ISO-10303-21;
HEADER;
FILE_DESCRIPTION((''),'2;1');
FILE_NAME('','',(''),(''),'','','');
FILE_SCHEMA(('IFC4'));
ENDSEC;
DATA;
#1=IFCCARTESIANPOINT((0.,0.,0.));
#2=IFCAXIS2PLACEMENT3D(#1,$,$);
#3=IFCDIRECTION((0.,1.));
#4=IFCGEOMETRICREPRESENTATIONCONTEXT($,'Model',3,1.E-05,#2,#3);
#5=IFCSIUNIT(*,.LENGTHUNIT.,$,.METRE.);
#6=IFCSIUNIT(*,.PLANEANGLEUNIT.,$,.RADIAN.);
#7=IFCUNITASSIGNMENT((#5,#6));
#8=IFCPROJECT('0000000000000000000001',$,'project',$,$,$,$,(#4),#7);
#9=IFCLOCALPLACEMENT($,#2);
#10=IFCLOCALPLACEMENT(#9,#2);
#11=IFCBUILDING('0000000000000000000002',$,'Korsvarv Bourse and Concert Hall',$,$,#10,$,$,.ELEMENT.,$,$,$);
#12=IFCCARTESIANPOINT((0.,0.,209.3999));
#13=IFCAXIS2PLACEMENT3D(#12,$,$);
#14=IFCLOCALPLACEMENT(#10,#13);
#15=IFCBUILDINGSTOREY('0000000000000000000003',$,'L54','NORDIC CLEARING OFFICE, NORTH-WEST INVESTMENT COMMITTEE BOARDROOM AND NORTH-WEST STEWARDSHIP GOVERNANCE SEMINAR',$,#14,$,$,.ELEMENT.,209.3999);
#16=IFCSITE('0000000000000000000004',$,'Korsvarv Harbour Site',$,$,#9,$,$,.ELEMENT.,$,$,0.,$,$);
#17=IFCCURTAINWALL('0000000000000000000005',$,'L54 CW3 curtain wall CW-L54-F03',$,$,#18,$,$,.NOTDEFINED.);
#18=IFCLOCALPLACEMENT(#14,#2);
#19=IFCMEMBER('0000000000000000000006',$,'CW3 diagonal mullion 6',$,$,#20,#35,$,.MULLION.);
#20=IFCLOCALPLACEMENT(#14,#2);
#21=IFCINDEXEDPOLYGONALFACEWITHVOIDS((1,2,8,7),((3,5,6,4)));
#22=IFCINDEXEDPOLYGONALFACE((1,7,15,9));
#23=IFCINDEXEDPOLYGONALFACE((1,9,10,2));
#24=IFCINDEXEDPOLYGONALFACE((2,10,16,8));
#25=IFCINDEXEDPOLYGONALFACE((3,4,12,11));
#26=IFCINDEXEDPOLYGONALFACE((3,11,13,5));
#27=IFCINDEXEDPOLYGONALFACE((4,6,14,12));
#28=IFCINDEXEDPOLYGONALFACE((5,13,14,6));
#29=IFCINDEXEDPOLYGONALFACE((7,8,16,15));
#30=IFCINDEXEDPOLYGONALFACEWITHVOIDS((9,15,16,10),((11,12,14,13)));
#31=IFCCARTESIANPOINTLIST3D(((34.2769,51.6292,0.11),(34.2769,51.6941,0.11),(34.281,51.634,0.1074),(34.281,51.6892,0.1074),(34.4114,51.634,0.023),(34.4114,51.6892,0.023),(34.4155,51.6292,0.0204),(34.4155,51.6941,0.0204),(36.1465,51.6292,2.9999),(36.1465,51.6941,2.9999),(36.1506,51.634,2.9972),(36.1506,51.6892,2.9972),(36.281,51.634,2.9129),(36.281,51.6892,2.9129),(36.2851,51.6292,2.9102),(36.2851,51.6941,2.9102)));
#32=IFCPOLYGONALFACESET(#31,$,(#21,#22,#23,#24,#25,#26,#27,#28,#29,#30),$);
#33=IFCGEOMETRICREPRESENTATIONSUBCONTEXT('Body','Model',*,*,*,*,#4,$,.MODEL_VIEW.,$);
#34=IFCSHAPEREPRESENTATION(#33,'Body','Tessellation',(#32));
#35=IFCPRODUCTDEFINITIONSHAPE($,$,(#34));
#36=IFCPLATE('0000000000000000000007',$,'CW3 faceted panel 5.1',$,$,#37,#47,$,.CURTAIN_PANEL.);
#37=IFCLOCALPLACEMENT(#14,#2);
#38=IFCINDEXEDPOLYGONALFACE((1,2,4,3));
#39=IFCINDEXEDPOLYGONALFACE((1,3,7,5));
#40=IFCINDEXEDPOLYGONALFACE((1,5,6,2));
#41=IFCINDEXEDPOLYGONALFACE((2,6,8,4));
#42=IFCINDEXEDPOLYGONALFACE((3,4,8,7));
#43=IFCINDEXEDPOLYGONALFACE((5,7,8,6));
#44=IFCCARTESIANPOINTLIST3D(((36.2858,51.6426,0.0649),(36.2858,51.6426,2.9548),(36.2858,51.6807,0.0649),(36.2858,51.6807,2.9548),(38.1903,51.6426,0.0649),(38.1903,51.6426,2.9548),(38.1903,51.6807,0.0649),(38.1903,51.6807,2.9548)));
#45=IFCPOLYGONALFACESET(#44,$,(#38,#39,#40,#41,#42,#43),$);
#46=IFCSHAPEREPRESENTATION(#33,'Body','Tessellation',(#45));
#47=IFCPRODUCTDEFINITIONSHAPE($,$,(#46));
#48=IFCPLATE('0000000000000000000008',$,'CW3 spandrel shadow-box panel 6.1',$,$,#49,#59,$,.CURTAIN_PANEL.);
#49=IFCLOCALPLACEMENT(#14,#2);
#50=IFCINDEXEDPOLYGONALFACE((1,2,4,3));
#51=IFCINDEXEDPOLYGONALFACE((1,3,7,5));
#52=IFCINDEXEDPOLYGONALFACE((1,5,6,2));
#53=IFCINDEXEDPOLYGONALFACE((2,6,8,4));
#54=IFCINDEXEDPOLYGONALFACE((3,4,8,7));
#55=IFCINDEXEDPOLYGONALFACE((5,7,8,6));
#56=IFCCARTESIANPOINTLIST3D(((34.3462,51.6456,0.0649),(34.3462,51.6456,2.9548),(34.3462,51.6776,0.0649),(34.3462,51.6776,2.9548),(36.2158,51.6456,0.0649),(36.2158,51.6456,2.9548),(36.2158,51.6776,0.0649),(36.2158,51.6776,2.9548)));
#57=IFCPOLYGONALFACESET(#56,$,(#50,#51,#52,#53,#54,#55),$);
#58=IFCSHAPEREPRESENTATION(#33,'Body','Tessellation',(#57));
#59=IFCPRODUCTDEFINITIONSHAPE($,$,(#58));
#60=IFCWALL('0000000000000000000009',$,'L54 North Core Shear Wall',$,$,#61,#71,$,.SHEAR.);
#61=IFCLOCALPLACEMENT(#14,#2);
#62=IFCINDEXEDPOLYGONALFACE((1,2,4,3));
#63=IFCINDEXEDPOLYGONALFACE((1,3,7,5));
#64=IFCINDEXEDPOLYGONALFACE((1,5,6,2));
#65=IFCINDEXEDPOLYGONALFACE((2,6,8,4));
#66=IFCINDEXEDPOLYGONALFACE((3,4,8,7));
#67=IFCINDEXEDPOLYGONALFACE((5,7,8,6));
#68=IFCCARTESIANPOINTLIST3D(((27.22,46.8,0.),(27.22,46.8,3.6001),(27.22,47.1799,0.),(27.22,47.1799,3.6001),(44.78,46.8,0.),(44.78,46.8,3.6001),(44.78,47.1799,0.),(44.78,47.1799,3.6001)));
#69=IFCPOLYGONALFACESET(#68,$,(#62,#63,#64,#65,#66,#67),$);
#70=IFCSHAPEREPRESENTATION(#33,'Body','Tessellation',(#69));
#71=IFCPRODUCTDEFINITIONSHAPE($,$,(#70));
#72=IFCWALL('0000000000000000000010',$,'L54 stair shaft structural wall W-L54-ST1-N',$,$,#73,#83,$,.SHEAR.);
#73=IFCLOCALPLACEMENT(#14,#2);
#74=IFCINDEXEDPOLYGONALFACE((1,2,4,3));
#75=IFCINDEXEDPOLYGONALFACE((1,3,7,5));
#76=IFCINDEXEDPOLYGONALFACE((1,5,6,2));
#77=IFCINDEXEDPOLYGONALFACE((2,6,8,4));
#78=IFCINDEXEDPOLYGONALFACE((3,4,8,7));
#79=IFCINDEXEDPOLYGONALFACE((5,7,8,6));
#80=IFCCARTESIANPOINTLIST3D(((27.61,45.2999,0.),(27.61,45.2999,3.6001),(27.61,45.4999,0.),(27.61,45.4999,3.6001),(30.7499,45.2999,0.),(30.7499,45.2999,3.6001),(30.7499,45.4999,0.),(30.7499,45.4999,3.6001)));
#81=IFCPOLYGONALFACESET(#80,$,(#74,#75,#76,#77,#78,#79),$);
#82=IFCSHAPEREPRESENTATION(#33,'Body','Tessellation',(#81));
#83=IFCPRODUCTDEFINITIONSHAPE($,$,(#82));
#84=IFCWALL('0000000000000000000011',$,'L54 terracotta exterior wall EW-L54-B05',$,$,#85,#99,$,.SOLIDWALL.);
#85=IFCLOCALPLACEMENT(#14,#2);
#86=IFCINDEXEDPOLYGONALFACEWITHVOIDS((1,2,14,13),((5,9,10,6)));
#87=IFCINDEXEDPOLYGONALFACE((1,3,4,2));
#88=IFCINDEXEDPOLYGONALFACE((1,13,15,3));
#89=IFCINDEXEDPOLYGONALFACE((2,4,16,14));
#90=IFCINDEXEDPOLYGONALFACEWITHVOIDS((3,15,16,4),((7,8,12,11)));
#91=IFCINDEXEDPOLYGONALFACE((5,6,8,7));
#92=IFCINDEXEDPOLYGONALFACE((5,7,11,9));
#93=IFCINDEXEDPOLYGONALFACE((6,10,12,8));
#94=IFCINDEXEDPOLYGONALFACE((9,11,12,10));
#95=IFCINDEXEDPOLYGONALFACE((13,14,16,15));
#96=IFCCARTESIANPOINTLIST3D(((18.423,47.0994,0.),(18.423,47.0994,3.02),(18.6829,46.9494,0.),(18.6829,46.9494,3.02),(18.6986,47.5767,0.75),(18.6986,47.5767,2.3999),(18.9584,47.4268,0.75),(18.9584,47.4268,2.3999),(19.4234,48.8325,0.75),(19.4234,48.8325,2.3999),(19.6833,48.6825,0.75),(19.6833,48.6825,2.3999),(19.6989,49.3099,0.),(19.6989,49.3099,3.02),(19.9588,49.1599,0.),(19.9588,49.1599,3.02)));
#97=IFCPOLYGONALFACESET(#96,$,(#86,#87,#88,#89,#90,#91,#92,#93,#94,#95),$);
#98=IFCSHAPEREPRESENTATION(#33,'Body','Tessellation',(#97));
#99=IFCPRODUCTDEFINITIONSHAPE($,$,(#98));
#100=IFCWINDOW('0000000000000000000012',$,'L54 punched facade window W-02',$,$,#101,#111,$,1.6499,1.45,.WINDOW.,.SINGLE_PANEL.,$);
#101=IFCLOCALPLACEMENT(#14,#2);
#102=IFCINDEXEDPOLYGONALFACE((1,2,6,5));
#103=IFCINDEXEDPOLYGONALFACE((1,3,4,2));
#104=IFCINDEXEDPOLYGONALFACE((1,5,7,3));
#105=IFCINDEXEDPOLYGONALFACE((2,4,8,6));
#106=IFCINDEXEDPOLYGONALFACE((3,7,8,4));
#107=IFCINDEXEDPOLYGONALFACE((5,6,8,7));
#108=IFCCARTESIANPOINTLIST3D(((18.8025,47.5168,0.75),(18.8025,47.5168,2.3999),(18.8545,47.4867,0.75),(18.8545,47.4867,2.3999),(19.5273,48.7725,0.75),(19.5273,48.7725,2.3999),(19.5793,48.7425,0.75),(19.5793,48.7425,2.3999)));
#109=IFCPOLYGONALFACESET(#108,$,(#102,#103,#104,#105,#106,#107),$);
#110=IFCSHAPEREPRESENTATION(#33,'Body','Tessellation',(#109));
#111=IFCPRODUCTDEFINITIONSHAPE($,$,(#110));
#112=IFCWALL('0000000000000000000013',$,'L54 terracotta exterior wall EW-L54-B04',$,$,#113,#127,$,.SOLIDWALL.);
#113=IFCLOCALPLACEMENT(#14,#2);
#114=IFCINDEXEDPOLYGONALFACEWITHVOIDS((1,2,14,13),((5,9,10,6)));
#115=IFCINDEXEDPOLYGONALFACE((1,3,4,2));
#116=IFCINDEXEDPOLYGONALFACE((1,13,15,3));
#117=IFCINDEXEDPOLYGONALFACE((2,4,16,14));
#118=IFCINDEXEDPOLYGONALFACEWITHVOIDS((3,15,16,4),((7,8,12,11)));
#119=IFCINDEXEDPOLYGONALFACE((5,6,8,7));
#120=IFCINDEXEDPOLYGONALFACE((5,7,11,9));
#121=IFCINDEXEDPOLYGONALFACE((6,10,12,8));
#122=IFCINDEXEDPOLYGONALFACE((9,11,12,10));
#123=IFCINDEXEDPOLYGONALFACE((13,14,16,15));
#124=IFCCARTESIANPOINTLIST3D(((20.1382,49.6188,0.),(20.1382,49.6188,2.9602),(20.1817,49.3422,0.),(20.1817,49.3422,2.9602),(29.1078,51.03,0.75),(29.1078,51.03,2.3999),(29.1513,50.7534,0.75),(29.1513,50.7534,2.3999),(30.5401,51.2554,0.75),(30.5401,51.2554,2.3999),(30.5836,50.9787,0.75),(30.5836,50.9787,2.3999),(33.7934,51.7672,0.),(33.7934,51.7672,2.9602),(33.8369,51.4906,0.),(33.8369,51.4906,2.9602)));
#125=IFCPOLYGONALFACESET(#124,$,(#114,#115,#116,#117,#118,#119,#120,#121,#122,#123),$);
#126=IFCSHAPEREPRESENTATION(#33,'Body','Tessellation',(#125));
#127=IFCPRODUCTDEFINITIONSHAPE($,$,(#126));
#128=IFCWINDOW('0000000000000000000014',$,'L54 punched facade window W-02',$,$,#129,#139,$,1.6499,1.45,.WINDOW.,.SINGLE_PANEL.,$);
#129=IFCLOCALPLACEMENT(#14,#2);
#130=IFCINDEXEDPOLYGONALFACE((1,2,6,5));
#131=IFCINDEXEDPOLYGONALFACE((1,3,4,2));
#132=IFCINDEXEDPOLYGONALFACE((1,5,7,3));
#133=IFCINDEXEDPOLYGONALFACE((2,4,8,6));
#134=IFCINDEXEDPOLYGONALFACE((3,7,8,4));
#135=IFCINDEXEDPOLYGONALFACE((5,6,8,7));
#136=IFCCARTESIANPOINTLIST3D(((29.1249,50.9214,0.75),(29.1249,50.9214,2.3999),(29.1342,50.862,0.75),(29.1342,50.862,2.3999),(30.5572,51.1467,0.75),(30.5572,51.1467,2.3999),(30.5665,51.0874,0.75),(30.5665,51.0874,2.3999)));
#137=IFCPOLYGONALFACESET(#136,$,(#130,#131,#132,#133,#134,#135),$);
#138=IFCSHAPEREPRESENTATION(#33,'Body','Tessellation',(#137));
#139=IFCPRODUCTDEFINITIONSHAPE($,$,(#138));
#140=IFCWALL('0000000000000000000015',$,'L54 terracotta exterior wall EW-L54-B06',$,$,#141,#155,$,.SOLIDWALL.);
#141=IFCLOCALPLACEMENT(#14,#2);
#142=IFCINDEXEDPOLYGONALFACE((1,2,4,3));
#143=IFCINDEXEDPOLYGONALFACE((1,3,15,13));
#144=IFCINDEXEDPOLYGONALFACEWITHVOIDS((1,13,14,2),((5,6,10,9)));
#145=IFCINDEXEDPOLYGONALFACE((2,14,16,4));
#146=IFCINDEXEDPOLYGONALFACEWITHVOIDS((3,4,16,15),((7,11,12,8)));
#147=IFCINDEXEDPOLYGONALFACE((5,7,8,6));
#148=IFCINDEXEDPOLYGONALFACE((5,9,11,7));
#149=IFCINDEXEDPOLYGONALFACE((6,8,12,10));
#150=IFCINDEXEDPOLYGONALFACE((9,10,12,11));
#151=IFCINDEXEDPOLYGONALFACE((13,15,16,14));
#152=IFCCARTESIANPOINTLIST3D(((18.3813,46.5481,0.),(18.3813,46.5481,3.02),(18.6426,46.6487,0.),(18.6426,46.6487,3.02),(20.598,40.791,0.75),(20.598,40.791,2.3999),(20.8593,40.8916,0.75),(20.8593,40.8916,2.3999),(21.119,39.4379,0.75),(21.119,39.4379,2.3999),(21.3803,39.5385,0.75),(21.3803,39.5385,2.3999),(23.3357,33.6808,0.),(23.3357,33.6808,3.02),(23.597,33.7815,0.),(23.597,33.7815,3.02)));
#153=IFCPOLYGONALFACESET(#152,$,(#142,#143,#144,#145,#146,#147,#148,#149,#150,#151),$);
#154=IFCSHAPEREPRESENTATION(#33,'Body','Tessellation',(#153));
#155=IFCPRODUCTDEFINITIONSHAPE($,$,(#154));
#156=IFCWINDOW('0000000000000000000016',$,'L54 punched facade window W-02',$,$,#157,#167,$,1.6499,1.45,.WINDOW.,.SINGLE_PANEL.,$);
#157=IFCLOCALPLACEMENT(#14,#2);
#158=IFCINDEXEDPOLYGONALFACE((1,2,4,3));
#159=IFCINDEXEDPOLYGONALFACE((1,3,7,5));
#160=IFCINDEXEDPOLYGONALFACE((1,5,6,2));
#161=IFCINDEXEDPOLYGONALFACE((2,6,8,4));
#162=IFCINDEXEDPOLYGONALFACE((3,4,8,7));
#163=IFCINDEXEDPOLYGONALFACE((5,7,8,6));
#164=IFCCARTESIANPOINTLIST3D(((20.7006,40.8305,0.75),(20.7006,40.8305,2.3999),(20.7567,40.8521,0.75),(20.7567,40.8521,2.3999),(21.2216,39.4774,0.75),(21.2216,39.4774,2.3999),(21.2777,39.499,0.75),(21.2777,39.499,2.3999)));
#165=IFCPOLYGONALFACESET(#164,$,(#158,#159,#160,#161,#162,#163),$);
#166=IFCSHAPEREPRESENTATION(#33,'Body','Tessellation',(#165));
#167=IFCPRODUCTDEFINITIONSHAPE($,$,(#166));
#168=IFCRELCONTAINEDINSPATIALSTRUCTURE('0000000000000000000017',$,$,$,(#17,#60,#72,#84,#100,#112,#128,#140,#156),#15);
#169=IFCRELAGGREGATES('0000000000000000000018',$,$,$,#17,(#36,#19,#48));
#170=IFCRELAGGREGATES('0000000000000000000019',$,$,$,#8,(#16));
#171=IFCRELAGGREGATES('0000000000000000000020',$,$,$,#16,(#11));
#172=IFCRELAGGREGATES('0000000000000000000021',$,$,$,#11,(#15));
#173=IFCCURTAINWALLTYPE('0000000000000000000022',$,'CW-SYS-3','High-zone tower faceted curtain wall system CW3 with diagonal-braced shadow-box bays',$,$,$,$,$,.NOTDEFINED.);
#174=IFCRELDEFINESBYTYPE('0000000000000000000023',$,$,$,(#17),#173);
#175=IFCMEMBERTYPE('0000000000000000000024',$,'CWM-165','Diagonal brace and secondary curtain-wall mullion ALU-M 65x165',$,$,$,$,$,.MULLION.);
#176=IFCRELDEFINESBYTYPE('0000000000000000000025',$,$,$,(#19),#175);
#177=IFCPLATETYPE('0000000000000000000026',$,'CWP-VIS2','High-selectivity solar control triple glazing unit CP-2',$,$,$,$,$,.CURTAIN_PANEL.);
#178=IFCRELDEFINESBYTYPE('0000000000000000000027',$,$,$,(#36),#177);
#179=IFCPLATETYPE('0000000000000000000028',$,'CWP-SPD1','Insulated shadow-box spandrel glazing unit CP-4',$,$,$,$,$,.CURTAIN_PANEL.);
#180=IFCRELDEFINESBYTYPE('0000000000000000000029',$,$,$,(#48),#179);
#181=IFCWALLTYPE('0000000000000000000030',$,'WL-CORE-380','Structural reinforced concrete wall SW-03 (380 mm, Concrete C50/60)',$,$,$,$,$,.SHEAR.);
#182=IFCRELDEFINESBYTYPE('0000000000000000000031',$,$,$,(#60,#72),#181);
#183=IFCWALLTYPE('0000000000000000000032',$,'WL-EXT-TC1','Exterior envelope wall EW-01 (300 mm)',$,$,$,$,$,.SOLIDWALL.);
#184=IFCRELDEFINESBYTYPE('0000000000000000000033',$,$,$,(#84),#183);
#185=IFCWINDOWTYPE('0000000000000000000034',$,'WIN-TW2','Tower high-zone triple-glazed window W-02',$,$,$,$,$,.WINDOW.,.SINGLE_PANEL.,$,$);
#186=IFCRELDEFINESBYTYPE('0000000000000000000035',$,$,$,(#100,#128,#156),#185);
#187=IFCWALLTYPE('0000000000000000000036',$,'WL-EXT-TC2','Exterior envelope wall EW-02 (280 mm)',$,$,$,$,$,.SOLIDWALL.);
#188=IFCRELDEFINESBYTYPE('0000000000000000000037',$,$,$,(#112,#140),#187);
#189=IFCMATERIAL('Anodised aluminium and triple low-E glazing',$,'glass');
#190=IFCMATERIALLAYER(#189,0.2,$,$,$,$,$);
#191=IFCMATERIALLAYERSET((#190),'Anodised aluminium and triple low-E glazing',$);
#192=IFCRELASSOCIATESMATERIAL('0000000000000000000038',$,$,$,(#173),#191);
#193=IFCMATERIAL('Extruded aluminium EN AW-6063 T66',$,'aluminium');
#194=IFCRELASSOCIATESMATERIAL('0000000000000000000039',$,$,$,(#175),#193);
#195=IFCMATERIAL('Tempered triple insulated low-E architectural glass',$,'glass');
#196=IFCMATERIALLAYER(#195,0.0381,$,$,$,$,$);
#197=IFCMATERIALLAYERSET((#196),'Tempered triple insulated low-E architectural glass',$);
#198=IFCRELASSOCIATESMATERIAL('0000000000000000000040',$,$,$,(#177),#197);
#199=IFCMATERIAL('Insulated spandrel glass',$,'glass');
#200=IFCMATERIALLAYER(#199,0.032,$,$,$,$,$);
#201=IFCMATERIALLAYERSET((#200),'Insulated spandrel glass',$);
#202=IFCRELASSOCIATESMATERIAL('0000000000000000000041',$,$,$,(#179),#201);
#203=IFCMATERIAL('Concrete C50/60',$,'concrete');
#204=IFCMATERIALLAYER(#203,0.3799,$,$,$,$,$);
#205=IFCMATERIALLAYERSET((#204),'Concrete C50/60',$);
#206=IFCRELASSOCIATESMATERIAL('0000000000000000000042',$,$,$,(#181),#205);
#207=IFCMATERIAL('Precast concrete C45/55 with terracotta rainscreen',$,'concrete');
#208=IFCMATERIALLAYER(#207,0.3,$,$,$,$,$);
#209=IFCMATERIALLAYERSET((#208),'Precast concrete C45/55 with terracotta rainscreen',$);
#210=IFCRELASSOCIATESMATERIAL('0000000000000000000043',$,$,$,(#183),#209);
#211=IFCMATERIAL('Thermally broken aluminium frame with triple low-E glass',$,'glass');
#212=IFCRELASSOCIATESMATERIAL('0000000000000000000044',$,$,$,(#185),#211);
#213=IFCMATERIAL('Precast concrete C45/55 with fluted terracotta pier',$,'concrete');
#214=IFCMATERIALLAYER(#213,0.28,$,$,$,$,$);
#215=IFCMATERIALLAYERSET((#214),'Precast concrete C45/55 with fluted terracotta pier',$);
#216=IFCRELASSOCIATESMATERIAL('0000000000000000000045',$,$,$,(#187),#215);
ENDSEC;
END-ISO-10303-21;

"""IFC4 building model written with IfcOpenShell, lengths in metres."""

from ifc_helpers import new_model, si_unit, direction, frame, frame_2d, origin, origin_2d, place, context, subcontext, project, spatial, rectangle, hollow_rectangle, extrude, source, transform, mapped, material, layer, layer_set, material_profile, profile_set, type_object, element, fill, aggregate, save


model = new_model("IFC4")

# Units and contexts
model_context = context("Model", 3, precision=1e-05, world=origin(), true_north=direction((0.0, 1.0)))
body_context = subcontext(model_context, "Body", "Model", "MODEL_VIEW")
ifc_project = project(units=[si_unit("LENGTHUNIT", "METRE"), si_unit("PLANEANGLEUNIT", "RADIAN")], contexts=[model_context])

# Site, building, storey
site_placement = place(None, origin())
site = spatial("IfcSite", under=ifc_project, at=site_placement, Name="Korsvarv Harbour Site", CompositionType="ELEMENT", RefElevation=0.0)
building_placement = place(site_placement, origin())
building = spatial("IfcBuilding", under=site, at=building_placement, Name="Korsvarv Bourse and Concert Hall", CompositionType="ELEMENT")
storey_placement = place(building_placement, frame((0.0, 0.0, 209.3999)))
storey = spatial("IfcBuildingStorey", under=building, at=storey_placement, Name="L54", Description="NORDIC CLEARING OFFICE, NORTH-WEST INVESTMENT COMMITTEE BOARDROOM AND NORTH-WEST STEWARDSHIP GOVERNANCE SEMINAR", CompositionType="ELEMENT", Elevation=209.3999)

# Curtain wall, member, plates
ifc_material_1 = material(Name="Anodised aluminium and triple low-E glazing", Category="glass")
ifc_layer_1 = layer(ifc_material_1, 0.2)
ifc_layer_set_1 = layer_set([ifc_layer_1], Name="Anodised aluminium and triple low-E glazing")
curtain_wall_type = type_object("IfcCurtainWallType", Name="CW-SYS-3", Description="High-zone tower faceted curtain wall system CW3 with diagonal-braced shadow-box bays", PredefinedType="NOTDEFINED", material=ifc_layer_set_1)
curtain_wall_placement = place(storey_placement, origin())
curtain_wall = element("IfcCurtainWall", 1, at=curtain_wall_placement, inside=storey, type_object=curtain_wall_type, Name="L54 CW3 curtain wall CW-L54-F03", PredefinedType="NOTDEFINED")
ifc_material_2 = material(Name="Extruded aluminium EN AW-6063 T66", Category="aluminium")
ifc_material_profile_1 = material_profile(ifc_material_2, hollow_rectangle(XDim=0.0649, YDim=0.165, WallThickness=0.0049, at=origin_2d()), Name="ALU-M 65x165")
ifc_profile_set_1 = profile_set([ifc_material_profile_1], Name="Extruded aluminium EN AW-6063 T66")
member_type_1 = type_object("IfcMemberType", Name="CWM-165", Description="Diagonal brace and secondary curtain-wall mullion ALU-M 65x165", PredefinedType="MULLION", material=ifc_profile_set_1)
shared_shape_1 = source(origin(), body_context, "Body", "SweptSolid", [
    extrude(hollow_rectangle(XDim=0.0649, YDim=0.165, WallThickness=0.0049, at=origin_2d()), origin(), (0.0, 0.0, 1.0), 3.4419),
])
member_1_placement = place(storey_placement, frame((34.3462, 51.6616, 0.0652), z_axis=(0.54319, 0.0, 0.83961), x_axis=(0.0, 1.0, 0.0)))
member_1 = element("IfcMember", 2, at=member_1_placement, type_object=member_type_1, Name="CW3 diagonal mullion 6", PredefinedType="MULLION", context=body_context, shape_type="MappedRepresentation", body=[
    mapped(shared_shape_1, transform((0.0, 0.0, 0.0), scale=1.0)),
])
ifc_material_3 = material(Name="Tempered triple insulated low-E architectural glass", Category="glass")
ifc_layer_2 = layer(ifc_material_3, 0.0381)
ifc_layer_set_2 = layer_set([ifc_layer_2], Name="Tempered triple insulated low-E architectural glass")
plate_type_1 = type_object("IfcPlateType", Name="CWP-VIS2", Description="High-selectivity solar control triple glazing unit CP-2", PredefinedType="CURTAIN_PANEL", material=ifc_layer_set_2)
shared_shape_2 = source(origin(), body_context, "Body", "SweptSolid", [
    extrude(rectangle(XDim=1.9045, YDim=0.0381, at=origin_2d()), origin(), (0.0, 0.0, 1.0), 2.8899),
])
plate_1_placement = place(storey_placement, frame((37.238, 51.6616, 0.0649), z_axis=(0.0, 0.0, 1.0), x_axis=(-1.0, 0.0, 0.0)))
plate_1 = element("IfcPlate", 3, at=plate_1_placement, type_object=plate_type_1, Name="CW3 faceted panel 5.1", PredefinedType="CURTAIN_PANEL", context=body_context, shape_type="MappedRepresentation", body=[
    mapped(shared_shape_2, transform((0.0, 0.0, 0.0), scale=1.0)),
])
ifc_material_4 = material(Name="Insulated spandrel glass", Category="glass")
ifc_layer_3 = layer(ifc_material_4, 0.032)
ifc_layer_set_3 = layer_set([ifc_layer_3], Name="Insulated spandrel glass")
plate_type_2 = type_object("IfcPlateType", Name="CWP-SPD1", Description="Insulated shadow-box spandrel glazing unit CP-4", PredefinedType="CURTAIN_PANEL", material=ifc_layer_set_3)
shared_shape_3 = source(origin(), body_context, "Body", "SweptSolid", [
    extrude(rectangle(XDim=1.8696, YDim=0.032, at=origin_2d()), origin(), (0.0, 0.0, 1.0), 2.8899),
])
plate_2_placement = place(storey_placement, frame((35.281, 51.6616, 0.0649), z_axis=(0.0, 0.0, 1.0), x_axis=(-1.0, 0.0, 0.0)))
plate_2 = element("IfcPlate", 4, at=plate_2_placement, type_object=plate_type_2, Name="CW3 spandrel shadow-box panel 6.1", PredefinedType="CURTAIN_PANEL", context=body_context, shape_type="MappedRepresentation", body=[
    mapped(shared_shape_3, transform((0.0, 0.0, 0.0), scale=1.0)),
])
aggregate(curtain_wall, [plate_1, member_1, plate_2])

# Walls
ifc_material_5 = material(Name="Concrete C50/60", Category="concrete")
ifc_layer_4 = layer(ifc_material_5, 0.3799)
ifc_layer_set_4 = layer_set([ifc_layer_4], Name="Concrete C50/60")
wall_type_1 = type_object("IfcWallType", Name="WL-CORE-380", Description="Structural reinforced concrete wall SW-03 (380 mm, Concrete C50/60)", PredefinedType="SHEAR", material=ifc_layer_set_4)
wall_1_placement = place(storey_placement, frame((27.22, 46.99, 0.0), z_axis=(0.0, 0.0, 1.0), x_axis=(1.0, 0.0, 0.0)))
element("IfcWall", 5, at=wall_1_placement, inside=storey, type_object=wall_type_1, Name="L54 North Core Shear Wall", PredefinedType="SHEAR", context=body_context, shape_type="SweptSolid", body=[
    extrude(rectangle(XDim=17.5601, YDim=0.3799, at=frame_2d((8.78, 0.0))), origin(), (0.0, 0.0, 1.0), 3.6001),
])
wall_2_placement = place(storey_placement, frame((27.6101, 45.3999, 0.0), z_axis=(0.0, 0.0, 1.0), x_axis=(1.0, 0.0, 0.0)))
element("IfcWall", 6, at=wall_2_placement, inside=storey, type_object=wall_type_1, Name="L54 stair shaft structural wall W-L54-ST1-N", PredefinedType="SHEAR", context=body_context, shape_type="SweptSolid", body=[
    extrude(rectangle(XDim=3.1399, YDim=0.2, at=frame_2d((1.5698, 0.0))), origin(), (0.0, 0.0, 1.0), 3.6001),
])

# Walls, openings, windows
ifc_material_6 = material(Name="Precast concrete C45/55 with terracotta rainscreen", Category="concrete")
ifc_layer_5 = layer(ifc_material_6, 0.3)
ifc_layer_set_5 = layer_set([ifc_layer_5], Name="Precast concrete C45/55 with terracotta rainscreen")
wall_type_2 = type_object("IfcWallType", Name="WL-EXT-TC1", Description="Exterior envelope wall EW-01 (300 mm)", PredefinedType="SOLIDWALL", material=ifc_layer_set_5)
wall_3_placement = place(storey_placement, frame((19.8289, 49.2349, 0.0), z_axis=(0.0, 0.0, 1.0), x_axis=(-0.499905, -0.86608, 0.0)))
wall_3 = element("IfcWall", 7, at=wall_3_placement, inside=storey, type_object=wall_type_2, Name="L54 terracotta exterior wall EW-L54-B05", PredefinedType="SOLIDWALL", context=body_context, shape_type="SweptSolid", body=[
    extrude(rectangle(XDim=2.5522, YDim=0.3, at=frame_2d((1.2761, 0.0))), origin(), (0.0, 0.0, 1.0), 3.02),
])
opening_1_placement = place(wall_3_placement, frame((0.551, 0.0, 0.75)))
opening_1 = element("IfcOpeningElement", 8, at=opening_1_placement, cuts=wall_3, PredefinedType="OPENING", context=body_context, shape_type="SweptSolid", body=[
    extrude(rectangle(XDim=1.45, YDim=1.6499, at=frame_2d((0.7251, 0.825))), frame((0.0, 0.1602, 0.0), z_axis=(0.0, -1.0, 0.0), x_axis=(1.0, 0.0, 0.0)), (0.0, 0.0, 1.0), 0.3201),
])
ifc_material_7 = material(Name="Thermally broken aluminium frame with triple low-E glass", Category="glass")
window_type = type_object("IfcWindowType", Name="WIN-TW2", Description="Tower high-zone triple-glazed window W-02", PartitioningType="SINGLE_PANEL", PredefinedType="WINDOW", material=ifc_material_7)
window_1_placement = place(opening_1_placement, origin())
window_1 = element("IfcWindow", 9, at=window_1_placement, inside=storey, type_object=window_type, Name="L54 punched facade window W-02", OverallHeight=1.6499, OverallWidth=1.45, PartitioningType="SINGLE_PANEL", PredefinedType="WINDOW", context=body_context, shape_type="SweptSolid", body=[
    extrude(rectangle(XDim=1.45, YDim=1.6499, at=frame_2d((0.7251, 0.825))), frame((0.0, 0.03, 0.0), z_axis=(0.0, -1.0, 0.0), x_axis=(1.0, 0.0, 0.0)), (0.0, 0.0, 1.0), 0.0601),
])
fill(opening_1, window_1)
ifc_material_8 = material(Name="Precast concrete C45/55 with fluted terracotta pier", Category="concrete")
ifc_layer_6 = layer(ifc_material_8, 0.28)
ifc_layer_set_6 = layer_set([ifc_layer_6], Name="Precast concrete C45/55 with fluted terracotta pier")
wall_type_3 = type_object("IfcWallType", Name="WL-EXT-TC2", Description="Exterior envelope wall EW-02 (280 mm)", PredefinedType="SOLIDWALL", material=ifc_layer_set_6)
wall_4_placement = place(storey_placement, frame((33.8152, 51.6289, 0.0), z_axis=(0.0, 0.0, 1.0), x_axis=(-0.987848, -0.155422, 0.0)))
wall_4 = element("IfcWall", 10, at=wall_4_placement, inside=storey, type_object=wall_type_3, Name="L54 terracotta exterior wall EW-L54-B04", PredefinedType="SOLIDWALL", context=body_context, shape_type="SweptSolid", body=[
    extrude(rectangle(XDim=13.8232, YDim=0.28, at=frame_2d((6.9116, 0.0))), origin(), (0.0, 0.0, 1.0), 2.9602),
])
opening_2_placement = place(wall_4_placement, frame((3.2932, 0.0, 0.75)))
opening_2 = element("IfcOpeningElement", 11, at=opening_2_placement, cuts=wall_4, PredefinedType="OPENING", context=body_context, shape_type="SweptSolid", body=[
    extrude(rectangle(XDim=1.45, YDim=1.6499, at=frame_2d((0.7251, 0.825))), frame((0.0, 0.1499, 0.0), z_axis=(0.0, -1.0, 0.0), x_axis=(1.0, 0.0, 0.0)), (0.0, 0.0, 1.0), 0.3),
])
window_2_placement = place(opening_2_placement, origin())
window_2 = element("IfcWindow", 12, at=window_2_placement, inside=storey, type_object=window_type, Name="L54 punched facade window W-02", OverallHeight=1.6499, OverallWidth=1.45, PartitioningType="SINGLE_PANEL", PredefinedType="WINDOW", context=body_context, shape_type="SweptSolid", body=[
    extrude(rectangle(XDim=1.45, YDim=1.6499, at=frame_2d((0.7251, 0.825))), frame((0.0, 0.03, 0.0), z_axis=(0.0, -1.0, 0.0), x_axis=(1.0, 0.0, 0.0)), (0.0, 0.0, 1.0), 0.0601),
])
fill(opening_2, window_2)
wall_5_placement = place(storey_placement, frame((18.512, 46.5984, 0.0), z_axis=(0.0, 0.0, 1.0), x_axis=(0.359322, -0.933214, 0.0)))
wall_5 = element("IfcWall", 13, at=wall_5_placement, inside=storey, type_object=wall_type_3, Name="L54 terracotta exterior wall EW-L54-B06", PredefinedType="SOLIDWALL", context=body_context, shape_type="SweptSolid", body=[
    extrude(rectangle(XDim=13.7881, YDim=0.28, at=frame_2d((6.894, 0.0))), origin(), (0.0, 0.0, 1.0), 3.02),
])
opening_3_placement = place(wall_5_placement, frame((6.1689, 0.0, 0.75)))
opening_3 = element("IfcOpeningElement", 14, at=opening_3_placement, cuts=wall_5, PredefinedType="OPENING", context=body_context, shape_type="SweptSolid", body=[
    extrude(rectangle(XDim=1.45, YDim=1.6499, at=frame_2d((0.7251, 0.825))), frame((0.0, 0.1499, 0.0), z_axis=(0.0, -1.0, 0.0), x_axis=(1.0, 0.0, 0.0)), (0.0, 0.0, 1.0), 0.3),
])
window_3_placement = place(opening_3_placement, origin())
window_3 = element("IfcWindow", 15, at=window_3_placement, inside=storey, type_object=window_type, Name="L54 punched facade window W-02", OverallHeight=1.6499, OverallWidth=1.45, PartitioningType="SINGLE_PANEL", PredefinedType="WINDOW", context=body_context, shape_type="SweptSolid", body=[
    extrude(rectangle(XDim=1.45, YDim=1.6499, at=frame_2d((0.7251, 0.825))), frame((0.0, 0.03, 0.0), z_axis=(0.0, -1.0, 0.0), x_axis=(1.0, 0.0, 0.0)), (0.0, 0.0, 1.0), 0.0601),
])
fill(opening_3, window_3)

save(model, "model.ifc")
